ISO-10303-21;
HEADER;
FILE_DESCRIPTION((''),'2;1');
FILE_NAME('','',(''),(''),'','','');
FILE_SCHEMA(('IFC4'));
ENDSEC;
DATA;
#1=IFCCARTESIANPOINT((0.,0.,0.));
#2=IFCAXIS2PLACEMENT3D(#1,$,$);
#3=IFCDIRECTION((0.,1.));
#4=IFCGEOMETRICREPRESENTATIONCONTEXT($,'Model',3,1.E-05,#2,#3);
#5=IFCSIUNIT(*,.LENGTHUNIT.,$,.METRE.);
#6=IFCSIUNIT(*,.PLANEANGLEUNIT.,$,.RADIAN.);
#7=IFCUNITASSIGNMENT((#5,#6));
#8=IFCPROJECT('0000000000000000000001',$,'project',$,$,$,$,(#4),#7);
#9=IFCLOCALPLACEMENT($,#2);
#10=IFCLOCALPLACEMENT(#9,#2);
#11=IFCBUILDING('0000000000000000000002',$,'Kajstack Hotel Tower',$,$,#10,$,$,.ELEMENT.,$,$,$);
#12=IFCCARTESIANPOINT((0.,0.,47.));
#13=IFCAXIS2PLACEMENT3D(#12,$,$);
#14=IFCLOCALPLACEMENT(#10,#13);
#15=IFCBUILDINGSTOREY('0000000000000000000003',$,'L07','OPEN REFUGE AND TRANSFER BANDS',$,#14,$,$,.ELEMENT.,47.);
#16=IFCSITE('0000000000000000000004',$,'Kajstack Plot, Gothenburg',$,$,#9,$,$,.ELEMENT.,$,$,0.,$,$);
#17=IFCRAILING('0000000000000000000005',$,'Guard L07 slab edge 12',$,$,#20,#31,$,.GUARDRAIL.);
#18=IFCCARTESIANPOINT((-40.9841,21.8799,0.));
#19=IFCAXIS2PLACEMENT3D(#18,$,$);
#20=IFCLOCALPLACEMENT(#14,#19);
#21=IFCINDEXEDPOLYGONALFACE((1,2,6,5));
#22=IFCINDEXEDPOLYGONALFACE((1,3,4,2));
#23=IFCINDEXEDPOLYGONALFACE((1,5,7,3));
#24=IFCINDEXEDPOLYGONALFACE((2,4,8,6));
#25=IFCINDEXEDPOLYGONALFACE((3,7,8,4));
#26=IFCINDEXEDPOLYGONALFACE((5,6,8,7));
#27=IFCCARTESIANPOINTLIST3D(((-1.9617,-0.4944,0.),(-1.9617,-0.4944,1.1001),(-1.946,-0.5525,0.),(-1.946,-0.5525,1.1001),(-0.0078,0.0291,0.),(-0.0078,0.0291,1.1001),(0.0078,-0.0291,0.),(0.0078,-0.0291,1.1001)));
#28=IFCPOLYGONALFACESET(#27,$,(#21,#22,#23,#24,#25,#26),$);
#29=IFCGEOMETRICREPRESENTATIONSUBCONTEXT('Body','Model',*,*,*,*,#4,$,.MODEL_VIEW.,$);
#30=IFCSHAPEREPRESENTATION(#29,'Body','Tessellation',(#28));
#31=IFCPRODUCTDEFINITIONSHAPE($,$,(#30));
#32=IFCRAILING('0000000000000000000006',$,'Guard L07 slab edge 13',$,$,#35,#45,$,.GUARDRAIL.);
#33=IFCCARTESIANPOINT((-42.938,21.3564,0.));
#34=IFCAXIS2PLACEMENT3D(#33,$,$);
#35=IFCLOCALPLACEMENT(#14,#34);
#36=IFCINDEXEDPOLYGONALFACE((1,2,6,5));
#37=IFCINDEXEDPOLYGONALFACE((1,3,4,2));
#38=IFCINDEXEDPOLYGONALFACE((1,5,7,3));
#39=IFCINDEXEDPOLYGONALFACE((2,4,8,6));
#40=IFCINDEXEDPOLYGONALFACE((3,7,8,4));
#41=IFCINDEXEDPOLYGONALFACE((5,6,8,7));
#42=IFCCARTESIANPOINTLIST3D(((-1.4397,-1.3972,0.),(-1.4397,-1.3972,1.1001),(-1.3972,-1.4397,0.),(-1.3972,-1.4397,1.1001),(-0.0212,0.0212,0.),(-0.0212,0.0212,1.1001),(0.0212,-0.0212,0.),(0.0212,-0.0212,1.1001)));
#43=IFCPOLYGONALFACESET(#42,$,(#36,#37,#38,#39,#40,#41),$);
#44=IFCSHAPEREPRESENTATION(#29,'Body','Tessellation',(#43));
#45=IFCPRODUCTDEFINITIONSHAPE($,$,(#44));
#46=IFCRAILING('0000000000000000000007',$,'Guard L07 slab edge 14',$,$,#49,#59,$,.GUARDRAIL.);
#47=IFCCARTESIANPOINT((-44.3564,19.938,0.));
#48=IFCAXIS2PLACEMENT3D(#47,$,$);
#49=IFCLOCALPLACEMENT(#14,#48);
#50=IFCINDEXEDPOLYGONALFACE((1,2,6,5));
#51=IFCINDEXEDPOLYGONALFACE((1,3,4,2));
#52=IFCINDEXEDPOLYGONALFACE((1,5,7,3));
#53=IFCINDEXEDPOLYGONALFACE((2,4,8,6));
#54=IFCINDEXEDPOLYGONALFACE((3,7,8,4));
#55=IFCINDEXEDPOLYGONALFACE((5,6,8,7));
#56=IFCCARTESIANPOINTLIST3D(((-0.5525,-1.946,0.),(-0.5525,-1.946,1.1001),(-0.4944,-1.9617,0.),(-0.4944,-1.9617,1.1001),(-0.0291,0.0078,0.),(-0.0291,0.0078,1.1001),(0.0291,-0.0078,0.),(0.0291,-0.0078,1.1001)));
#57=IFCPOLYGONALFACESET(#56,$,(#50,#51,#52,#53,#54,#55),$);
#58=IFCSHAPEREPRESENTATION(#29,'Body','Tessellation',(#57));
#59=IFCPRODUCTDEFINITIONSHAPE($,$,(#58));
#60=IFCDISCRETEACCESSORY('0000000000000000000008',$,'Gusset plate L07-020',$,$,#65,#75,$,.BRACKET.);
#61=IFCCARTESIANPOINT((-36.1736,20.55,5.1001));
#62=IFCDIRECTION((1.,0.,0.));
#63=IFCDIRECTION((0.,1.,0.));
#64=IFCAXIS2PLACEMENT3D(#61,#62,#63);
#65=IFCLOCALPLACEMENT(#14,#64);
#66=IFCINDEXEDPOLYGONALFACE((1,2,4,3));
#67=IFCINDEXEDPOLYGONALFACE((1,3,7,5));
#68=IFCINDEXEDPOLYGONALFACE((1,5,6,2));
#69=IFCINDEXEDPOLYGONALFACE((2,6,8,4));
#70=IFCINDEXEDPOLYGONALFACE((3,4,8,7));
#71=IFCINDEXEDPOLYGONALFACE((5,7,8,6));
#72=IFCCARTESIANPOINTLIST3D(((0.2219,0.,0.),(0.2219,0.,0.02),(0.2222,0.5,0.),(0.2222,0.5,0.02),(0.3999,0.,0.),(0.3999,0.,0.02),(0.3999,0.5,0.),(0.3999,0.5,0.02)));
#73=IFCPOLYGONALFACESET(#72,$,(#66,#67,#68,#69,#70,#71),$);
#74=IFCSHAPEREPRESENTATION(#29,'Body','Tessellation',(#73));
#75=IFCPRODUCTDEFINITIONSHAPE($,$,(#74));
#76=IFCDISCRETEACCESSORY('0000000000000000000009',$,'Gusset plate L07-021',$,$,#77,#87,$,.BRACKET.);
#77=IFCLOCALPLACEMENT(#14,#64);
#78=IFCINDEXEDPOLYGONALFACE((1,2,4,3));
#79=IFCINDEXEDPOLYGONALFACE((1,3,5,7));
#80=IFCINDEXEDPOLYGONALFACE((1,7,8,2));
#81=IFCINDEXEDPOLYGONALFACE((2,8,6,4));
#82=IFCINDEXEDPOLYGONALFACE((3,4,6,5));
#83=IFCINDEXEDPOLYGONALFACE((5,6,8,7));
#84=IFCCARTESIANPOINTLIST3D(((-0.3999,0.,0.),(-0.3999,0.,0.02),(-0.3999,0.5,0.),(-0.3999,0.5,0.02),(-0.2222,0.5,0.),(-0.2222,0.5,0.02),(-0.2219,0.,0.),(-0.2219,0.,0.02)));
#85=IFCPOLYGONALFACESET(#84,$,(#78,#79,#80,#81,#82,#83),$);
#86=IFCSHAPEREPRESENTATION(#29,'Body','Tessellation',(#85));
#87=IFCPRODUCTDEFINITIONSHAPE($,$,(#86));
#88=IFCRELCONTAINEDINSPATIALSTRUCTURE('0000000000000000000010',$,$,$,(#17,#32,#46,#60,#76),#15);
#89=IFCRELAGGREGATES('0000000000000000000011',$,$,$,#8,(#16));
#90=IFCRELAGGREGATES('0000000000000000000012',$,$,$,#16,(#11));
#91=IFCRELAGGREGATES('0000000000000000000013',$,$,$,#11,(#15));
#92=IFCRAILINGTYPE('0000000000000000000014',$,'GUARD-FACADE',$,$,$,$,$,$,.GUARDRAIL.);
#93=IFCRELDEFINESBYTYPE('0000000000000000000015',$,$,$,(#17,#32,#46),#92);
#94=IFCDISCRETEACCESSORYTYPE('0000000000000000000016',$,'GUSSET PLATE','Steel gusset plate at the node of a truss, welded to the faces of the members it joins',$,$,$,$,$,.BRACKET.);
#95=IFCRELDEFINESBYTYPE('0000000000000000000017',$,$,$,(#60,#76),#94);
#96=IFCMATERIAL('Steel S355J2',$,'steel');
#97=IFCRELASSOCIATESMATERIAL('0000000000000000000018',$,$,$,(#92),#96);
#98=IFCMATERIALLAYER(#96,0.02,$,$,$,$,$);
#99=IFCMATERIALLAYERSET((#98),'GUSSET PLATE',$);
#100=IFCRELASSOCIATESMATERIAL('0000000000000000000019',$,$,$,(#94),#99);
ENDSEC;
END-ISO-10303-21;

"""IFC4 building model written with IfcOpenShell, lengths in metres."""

from ifc_helpers import new_model, si_unit, direction, frame, origin, place, context, subcontext, project, spatial, polyline, outline, extrude, material, layer, layer_set, type_object, element, save


model = new_model("IFC4")

# Units and contexts
model_context = context("Model", 3, precision=1e-05, world=origin(), true_north=direction((0.0, 1.0)))
body_context = subcontext(model_context, "Body", "Model", "MODEL_VIEW")
ifc_project = project(units=[si_unit("LENGTHUNIT", "METRE"), si_unit("PLANEANGLEUNIT", "RADIAN")], contexts=[model_context])

# Site, building, storey
site_placement = place(None, origin())
site = spatial("IfcSite", under=ifc_project, at=site_placement, Name="Kajstack Plot, Gothenburg", CompositionType="ELEMENT", RefElevation=0.0)
building_placement = place(site_placement, origin())
building = spatial("IfcBuilding", under=site, at=building_placement, Name="Kajstack Hotel Tower", CompositionType="ELEMENT")
storey_placement = place(building_placement, frame((0.0, 0.0, 47.0)))
storey = spatial("IfcBuildingStorey", under=building, at=storey_placement, Name="L07", Description="OPEN REFUGE AND TRANSFER BANDS", CompositionType="ELEMENT", Elevation=47.0)

# Shared definitions
ifc_material = material(Name="Steel S355J2", Category="steel")

# Railings
railing_type = type_object("IfcRailingType", Name="GUARD-FACADE", PredefinedType="GUARDRAIL", material=ifc_material)
railing_1_placement = place(storey_placement, frame((-40.9841, 21.8799, 0.0)))
element("IfcRailing", 1, at=railing_1_placement, inside=storey, type_object=railing_type, Name="Guard L07 slab edge 12", PredefinedType="GUARDRAIL", context=body_context, shape_type="SweptSolid", body=[
    extrude(outline(polyline([(-1.946, -0.5525), (-1.9617, -0.4944), (-0.0078, 0.0291), (0.0078, -0.0291), (-1.946, -0.5525)])), origin(), (0.0, 0.0, 1.0), 1.1001),
])
railing_2_placement = place(storey_placement, frame((-42.938, 21.3564, 0.0)))
element("IfcRailing", 2, at=railing_2_placement, inside=storey, type_object=railing_type, Name="Guard L07 slab edge 13", PredefinedType="GUARDRAIL", context=body_context, shape_type="SweptSolid", body=[
    extrude(outline(polyline([(-1.3972, -1.4397), (-1.4397, -1.3972), (-0.0212, 0.0212), (0.0212, -0.0212), (-1.3972, -1.4397)])), origin(), (0.0, 0.0, 1.0), 1.1001),
])
railing_3_placement = place(storey_placement, frame((-44.3564, 19.938, 0.0)))
element("IfcRailing", 3, at=railing_3_placement, inside=storey, type_object=railing_type, Name="Guard L07 slab edge 14", PredefinedType="GUARDRAIL", context=body_context, shape_type="SweptSolid", body=[
    extrude(outline(polyline([(-0.4944, -1.9617), (-0.5525, -1.946), (-0.0291, 0.0078), (0.0291, -0.0078), (-0.4944, -1.9617)])), origin(), (0.0, 0.0, 1.0), 1.1001),
])

# Discrete accessories
ifc_layer = layer(ifc_material, 0.02)
ifc_layer_set = layer_set([ifc_layer], Name="GUSSET PLATE")
discrete_accessory_type = type_object("IfcDiscreteAccessoryType", Name="GUSSET PLATE", Description="Steel gusset plate at the node of a truss, welded to the faces of the members it joins", PredefinedType="BRACKET", material=ifc_layer_set)
discrete_accessory_1_placement = place(storey_placement, frame((-36.1736, 20.55, 5.1001), z_axis=(1.0, 0.0, 0.0), x_axis=(0.0, 1.0, 0.0)))
element("IfcDiscreteAccessory", 4, at=discrete_accessory_1_placement, inside=storey, type_object=discrete_accessory_type, Name="Gusset plate L07-020", PredefinedType="BRACKET", context=body_context, shape_type="SweptSolid", body=[
    extrude(outline(polyline([(0.3999, 0.5), (0.2222, 0.5), (0.2219, 0.0), (0.3999, 0.0), (0.3999, 0.5)])), origin(), (0.0, 0.0, 1.0), 0.02),
])
discrete_accessory_2_placement = place(storey_placement, frame((-36.1736, 20.55, 5.1001), z_axis=(1.0, 0.0, 0.0), x_axis=(0.0, 1.0, 0.0)))
element("IfcDiscreteAccessory", 5, at=discrete_accessory_2_placement, inside=storey, type_object=discrete_accessory_type, Name="Gusset plate L07-021", PredefinedType="BRACKET", context=body_context, shape_type="SweptSolid", body=[
    extrude(outline(polyline([(-0.3999, 0.0), (-0.2219, 0.0), (-0.2222, 0.5), (-0.3999, 0.5), (-0.3999, 0.0)])), origin(), (0.0, 0.0, 1.0), 0.02),
])

save(model, "model.ifc")
